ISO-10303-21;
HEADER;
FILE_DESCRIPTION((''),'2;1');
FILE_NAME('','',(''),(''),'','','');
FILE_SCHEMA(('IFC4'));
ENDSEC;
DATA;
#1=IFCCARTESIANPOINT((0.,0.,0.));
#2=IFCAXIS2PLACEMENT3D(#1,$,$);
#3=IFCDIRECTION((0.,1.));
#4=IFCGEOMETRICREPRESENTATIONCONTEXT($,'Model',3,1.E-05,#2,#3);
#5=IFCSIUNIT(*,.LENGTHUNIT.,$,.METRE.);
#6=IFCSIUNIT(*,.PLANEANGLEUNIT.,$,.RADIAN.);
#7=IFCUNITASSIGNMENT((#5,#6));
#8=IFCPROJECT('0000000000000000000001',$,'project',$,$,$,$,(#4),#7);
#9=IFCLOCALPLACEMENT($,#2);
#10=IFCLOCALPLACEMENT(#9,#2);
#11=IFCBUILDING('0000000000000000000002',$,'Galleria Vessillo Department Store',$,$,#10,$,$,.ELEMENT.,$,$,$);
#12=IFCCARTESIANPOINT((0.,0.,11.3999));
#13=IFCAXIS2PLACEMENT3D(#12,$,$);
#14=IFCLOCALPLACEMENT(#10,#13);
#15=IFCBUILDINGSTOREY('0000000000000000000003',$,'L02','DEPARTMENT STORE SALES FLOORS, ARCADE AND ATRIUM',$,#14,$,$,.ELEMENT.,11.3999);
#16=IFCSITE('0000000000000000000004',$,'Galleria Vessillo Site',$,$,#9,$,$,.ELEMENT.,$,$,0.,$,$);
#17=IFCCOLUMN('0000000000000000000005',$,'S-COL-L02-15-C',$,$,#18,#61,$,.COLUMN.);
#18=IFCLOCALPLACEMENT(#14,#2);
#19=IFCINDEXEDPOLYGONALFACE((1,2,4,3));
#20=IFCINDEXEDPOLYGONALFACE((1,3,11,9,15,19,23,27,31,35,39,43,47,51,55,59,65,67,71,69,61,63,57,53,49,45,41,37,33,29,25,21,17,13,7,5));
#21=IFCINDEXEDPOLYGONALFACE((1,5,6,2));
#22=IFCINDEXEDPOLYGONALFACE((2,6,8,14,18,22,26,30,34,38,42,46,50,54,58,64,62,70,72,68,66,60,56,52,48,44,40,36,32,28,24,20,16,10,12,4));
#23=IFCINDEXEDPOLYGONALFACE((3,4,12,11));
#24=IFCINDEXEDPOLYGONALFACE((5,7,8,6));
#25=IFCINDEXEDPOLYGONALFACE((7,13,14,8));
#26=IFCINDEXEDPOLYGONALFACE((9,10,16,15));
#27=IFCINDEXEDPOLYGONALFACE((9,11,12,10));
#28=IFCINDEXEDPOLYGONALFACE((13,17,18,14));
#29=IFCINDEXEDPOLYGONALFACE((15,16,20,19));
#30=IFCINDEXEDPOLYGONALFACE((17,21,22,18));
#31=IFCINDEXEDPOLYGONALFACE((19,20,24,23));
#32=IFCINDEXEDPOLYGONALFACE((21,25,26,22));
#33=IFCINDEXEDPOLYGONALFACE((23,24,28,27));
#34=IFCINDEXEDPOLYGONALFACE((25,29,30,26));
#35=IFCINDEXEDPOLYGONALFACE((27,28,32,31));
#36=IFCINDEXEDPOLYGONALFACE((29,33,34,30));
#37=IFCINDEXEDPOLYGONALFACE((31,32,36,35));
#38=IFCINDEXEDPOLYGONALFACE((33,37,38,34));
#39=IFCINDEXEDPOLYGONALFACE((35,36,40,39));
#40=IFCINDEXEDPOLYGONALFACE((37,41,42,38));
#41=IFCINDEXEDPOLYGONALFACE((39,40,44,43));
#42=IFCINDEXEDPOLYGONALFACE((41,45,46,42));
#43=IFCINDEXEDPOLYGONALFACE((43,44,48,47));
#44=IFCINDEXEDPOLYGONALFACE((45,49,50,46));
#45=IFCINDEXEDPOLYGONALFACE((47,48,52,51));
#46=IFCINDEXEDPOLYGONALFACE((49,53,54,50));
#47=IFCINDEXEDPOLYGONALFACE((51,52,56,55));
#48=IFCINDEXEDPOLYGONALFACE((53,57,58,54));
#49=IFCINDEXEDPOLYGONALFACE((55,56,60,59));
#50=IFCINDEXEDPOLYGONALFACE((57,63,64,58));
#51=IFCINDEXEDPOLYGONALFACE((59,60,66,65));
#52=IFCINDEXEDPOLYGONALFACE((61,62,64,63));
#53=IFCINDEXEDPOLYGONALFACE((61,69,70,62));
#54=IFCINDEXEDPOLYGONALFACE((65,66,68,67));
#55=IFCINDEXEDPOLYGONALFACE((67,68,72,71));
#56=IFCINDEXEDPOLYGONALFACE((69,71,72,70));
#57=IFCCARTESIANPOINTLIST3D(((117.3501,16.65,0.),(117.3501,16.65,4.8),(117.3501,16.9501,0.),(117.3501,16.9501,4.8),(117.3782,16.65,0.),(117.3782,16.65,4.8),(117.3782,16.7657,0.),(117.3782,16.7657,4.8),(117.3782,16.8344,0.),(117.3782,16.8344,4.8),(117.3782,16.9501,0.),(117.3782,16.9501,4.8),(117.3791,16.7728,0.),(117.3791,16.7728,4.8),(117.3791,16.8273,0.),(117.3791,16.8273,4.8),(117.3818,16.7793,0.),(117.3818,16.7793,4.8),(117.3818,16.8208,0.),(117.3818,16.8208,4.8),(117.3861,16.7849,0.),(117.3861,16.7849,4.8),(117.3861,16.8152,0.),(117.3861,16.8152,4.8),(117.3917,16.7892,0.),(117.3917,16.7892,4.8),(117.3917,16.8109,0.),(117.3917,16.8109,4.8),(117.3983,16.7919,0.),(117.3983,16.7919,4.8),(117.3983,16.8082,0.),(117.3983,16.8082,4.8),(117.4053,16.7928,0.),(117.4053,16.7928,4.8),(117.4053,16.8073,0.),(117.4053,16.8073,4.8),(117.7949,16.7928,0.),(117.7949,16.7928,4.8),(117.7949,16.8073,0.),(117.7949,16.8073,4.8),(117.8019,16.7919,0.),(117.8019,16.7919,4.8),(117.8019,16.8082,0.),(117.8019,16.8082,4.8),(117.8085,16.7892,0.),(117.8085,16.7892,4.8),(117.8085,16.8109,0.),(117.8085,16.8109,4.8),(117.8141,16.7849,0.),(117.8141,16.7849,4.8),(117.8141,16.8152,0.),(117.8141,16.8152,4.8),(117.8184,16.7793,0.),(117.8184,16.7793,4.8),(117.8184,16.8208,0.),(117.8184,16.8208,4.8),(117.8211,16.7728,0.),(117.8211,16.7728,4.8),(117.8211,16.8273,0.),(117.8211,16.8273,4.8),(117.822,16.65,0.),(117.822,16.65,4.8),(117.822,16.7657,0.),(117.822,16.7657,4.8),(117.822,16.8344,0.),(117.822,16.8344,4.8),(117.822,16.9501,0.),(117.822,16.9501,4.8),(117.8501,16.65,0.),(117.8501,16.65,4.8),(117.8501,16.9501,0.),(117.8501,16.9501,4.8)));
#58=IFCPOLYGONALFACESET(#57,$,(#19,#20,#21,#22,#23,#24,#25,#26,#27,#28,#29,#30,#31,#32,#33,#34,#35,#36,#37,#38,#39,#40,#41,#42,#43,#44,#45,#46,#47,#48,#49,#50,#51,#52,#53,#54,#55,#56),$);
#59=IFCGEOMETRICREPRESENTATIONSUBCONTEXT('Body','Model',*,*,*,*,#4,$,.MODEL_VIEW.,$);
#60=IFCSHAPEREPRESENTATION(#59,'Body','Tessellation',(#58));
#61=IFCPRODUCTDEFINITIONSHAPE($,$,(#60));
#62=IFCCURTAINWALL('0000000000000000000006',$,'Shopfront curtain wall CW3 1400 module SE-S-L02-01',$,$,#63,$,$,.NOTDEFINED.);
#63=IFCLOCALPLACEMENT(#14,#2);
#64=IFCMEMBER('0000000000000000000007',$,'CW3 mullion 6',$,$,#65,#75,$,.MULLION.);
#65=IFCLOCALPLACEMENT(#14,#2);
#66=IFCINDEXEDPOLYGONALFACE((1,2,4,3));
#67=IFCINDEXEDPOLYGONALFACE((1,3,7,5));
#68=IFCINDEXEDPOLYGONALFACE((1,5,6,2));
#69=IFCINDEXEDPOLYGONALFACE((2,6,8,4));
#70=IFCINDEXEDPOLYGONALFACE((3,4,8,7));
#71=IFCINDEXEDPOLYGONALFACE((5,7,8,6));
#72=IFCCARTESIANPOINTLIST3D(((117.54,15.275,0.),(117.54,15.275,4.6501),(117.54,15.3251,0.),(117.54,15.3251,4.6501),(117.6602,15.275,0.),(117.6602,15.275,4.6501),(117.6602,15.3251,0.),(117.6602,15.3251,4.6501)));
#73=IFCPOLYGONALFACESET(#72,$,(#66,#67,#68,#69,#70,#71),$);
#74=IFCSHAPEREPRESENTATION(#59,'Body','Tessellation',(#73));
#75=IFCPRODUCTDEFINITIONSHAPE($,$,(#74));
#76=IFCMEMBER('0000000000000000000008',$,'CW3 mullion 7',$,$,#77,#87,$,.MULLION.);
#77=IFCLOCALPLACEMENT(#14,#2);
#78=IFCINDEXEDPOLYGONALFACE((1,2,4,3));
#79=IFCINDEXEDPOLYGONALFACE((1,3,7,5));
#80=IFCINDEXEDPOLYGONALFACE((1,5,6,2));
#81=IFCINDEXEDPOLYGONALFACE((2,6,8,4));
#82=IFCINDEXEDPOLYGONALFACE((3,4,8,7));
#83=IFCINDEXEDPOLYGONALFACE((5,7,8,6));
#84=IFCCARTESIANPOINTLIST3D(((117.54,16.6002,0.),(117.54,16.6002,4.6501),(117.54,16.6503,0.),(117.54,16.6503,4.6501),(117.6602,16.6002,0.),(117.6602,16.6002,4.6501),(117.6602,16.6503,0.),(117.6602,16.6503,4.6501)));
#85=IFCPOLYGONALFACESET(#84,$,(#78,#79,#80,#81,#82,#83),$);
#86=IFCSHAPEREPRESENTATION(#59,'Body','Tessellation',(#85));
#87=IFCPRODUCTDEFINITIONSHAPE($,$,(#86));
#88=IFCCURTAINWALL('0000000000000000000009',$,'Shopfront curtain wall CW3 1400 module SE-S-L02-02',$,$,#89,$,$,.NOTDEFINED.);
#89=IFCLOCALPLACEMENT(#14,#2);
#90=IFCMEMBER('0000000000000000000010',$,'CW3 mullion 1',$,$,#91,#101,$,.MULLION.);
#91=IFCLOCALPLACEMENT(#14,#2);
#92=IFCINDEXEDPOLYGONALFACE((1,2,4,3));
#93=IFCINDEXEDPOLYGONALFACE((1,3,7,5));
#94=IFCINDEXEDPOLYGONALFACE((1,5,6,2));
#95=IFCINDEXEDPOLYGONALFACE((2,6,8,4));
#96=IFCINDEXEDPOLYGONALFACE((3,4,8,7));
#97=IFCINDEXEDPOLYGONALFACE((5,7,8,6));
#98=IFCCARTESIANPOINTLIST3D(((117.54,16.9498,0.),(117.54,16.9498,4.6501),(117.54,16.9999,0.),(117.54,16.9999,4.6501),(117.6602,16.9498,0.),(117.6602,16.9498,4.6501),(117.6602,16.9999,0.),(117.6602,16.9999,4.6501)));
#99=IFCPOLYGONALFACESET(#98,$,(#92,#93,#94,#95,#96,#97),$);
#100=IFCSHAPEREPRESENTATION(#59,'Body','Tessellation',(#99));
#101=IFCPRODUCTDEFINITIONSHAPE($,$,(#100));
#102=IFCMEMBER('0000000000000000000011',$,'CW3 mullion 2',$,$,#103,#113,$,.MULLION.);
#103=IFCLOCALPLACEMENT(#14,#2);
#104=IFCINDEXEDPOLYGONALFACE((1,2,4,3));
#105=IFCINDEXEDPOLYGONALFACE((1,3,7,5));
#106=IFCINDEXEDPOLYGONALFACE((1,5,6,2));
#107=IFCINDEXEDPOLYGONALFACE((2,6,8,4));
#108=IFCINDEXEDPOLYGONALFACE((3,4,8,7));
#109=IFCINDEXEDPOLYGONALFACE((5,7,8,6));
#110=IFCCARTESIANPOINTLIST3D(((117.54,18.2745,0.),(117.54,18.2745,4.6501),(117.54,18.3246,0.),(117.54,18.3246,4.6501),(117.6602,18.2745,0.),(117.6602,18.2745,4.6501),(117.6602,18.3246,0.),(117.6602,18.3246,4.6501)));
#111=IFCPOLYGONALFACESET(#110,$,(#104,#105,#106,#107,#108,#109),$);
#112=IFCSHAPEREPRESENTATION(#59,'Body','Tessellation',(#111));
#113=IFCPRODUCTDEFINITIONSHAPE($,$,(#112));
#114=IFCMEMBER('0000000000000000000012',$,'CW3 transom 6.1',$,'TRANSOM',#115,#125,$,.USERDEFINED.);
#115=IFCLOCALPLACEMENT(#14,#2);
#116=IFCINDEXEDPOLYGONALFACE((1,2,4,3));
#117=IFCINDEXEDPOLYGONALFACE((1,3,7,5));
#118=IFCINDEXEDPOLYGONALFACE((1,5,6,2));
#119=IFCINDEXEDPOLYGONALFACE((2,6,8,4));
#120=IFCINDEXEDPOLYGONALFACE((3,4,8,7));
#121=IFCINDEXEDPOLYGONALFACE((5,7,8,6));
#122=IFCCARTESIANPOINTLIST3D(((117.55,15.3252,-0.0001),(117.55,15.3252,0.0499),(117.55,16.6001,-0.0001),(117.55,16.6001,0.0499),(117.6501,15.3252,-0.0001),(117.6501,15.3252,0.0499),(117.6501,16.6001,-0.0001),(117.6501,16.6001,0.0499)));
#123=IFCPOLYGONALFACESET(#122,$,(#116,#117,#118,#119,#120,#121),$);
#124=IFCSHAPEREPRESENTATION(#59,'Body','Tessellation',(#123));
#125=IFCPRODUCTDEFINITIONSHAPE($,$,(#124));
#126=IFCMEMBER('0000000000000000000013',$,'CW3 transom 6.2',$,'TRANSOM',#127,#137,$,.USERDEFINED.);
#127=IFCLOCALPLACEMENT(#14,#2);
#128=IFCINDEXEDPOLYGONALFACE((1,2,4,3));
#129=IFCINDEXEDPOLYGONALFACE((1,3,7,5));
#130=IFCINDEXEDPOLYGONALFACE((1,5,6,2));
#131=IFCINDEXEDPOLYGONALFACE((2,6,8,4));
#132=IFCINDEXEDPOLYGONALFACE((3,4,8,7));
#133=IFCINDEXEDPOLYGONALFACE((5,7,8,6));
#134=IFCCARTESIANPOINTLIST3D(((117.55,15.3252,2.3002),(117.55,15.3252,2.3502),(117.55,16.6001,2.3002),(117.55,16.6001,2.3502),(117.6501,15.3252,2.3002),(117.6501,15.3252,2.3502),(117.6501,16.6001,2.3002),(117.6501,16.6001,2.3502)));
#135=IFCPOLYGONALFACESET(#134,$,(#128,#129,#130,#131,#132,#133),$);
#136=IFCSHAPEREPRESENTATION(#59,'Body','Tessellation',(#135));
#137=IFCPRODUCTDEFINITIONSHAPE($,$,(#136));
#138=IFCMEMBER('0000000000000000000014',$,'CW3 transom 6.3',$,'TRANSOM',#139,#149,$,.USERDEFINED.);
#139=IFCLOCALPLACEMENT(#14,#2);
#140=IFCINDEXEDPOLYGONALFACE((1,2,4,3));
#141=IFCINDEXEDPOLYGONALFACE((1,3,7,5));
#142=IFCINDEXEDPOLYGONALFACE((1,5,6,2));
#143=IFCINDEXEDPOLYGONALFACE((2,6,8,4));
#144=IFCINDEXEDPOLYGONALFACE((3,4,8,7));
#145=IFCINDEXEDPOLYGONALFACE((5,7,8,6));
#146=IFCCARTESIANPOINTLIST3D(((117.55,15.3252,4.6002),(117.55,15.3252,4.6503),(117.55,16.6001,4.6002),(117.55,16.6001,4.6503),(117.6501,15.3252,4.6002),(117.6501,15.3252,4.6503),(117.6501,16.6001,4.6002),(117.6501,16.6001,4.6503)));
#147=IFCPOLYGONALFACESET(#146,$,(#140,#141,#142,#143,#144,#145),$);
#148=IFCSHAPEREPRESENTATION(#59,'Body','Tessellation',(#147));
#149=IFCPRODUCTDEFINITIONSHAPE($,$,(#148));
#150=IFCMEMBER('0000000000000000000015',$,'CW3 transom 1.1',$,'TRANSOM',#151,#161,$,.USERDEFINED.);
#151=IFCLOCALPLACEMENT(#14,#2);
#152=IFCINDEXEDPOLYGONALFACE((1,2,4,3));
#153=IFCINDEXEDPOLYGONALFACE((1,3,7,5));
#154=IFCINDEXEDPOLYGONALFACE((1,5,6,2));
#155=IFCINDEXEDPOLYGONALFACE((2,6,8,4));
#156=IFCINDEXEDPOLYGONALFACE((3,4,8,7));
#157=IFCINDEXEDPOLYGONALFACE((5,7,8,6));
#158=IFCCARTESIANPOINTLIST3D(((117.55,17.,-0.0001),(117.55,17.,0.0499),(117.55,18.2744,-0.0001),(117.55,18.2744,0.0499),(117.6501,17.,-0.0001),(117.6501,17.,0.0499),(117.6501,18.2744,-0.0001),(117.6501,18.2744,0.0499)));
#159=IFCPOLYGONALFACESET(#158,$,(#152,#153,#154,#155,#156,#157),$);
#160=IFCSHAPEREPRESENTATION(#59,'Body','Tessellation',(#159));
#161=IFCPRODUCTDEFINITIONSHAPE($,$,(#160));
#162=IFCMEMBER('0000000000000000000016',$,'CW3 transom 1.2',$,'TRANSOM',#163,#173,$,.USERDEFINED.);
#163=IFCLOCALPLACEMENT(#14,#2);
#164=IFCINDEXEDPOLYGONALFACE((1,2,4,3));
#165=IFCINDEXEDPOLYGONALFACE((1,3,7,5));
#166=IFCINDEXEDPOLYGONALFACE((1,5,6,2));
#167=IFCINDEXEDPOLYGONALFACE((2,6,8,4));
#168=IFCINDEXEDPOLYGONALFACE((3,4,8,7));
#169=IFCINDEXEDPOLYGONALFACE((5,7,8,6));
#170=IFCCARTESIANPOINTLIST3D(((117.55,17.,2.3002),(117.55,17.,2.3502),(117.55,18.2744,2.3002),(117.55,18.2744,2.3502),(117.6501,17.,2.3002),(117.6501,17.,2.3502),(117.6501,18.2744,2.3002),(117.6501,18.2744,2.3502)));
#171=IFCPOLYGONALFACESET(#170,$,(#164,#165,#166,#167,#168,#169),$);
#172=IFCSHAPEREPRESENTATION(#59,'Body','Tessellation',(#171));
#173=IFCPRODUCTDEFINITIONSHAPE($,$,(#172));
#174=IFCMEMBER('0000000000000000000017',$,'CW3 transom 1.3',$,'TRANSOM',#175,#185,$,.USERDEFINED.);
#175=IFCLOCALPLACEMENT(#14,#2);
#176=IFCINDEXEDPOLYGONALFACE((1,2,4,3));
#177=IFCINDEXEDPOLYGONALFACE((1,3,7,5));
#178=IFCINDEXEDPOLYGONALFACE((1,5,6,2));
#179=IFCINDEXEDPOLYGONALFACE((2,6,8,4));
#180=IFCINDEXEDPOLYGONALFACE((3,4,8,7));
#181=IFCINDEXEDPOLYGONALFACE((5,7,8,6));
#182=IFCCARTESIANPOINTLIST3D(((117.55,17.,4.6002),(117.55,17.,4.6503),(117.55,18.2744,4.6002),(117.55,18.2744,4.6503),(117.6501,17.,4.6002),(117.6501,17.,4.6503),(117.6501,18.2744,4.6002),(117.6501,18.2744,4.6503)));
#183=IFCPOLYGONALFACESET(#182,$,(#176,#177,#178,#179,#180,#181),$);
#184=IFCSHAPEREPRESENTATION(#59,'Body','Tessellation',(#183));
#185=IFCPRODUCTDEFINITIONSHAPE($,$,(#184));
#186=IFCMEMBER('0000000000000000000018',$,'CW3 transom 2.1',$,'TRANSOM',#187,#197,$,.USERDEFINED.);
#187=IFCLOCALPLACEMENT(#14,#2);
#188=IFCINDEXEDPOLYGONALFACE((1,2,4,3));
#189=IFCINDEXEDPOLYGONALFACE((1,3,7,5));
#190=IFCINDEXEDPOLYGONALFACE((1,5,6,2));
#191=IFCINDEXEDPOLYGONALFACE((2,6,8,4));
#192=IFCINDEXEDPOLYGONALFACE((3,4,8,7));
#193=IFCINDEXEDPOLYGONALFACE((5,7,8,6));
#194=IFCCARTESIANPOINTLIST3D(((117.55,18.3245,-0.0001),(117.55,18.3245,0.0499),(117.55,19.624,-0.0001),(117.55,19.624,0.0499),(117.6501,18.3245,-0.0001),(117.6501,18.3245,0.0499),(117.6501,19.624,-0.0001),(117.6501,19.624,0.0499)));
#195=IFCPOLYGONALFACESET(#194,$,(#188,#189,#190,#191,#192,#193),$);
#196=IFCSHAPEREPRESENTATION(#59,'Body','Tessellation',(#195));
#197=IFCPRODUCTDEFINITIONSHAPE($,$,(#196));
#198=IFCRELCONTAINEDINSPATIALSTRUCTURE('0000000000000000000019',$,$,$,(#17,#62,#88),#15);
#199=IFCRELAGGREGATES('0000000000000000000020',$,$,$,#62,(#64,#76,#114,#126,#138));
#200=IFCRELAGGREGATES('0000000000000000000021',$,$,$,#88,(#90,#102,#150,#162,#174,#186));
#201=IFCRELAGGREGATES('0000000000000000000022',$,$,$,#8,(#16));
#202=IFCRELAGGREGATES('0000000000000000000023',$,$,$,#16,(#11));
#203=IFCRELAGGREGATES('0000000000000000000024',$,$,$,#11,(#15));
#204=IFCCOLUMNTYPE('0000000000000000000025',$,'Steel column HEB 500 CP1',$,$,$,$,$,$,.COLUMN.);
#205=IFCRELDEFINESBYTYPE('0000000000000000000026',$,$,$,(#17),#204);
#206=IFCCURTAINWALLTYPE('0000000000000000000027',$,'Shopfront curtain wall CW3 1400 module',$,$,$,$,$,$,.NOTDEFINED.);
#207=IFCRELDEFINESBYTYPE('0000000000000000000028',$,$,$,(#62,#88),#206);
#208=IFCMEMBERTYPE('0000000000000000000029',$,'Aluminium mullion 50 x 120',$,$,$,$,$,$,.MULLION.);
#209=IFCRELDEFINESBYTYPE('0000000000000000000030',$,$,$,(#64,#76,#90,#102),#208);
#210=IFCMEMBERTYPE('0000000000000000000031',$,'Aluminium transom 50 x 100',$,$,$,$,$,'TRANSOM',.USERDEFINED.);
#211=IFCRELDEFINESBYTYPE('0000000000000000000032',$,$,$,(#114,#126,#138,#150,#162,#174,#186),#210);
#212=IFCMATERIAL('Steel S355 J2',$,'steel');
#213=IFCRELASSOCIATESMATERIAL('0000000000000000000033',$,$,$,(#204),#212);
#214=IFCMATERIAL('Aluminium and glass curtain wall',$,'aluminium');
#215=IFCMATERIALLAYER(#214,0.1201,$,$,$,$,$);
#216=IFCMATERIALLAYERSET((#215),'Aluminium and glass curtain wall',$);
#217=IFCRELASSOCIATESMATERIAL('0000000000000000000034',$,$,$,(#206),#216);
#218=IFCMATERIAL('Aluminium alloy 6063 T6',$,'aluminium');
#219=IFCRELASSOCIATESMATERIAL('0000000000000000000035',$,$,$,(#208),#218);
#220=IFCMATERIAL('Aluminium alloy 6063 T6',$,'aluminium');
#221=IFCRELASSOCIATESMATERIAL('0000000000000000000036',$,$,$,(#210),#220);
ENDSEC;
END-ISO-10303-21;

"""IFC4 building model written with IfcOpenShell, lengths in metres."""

from ifc_helpers import new_model, si_unit, direction, frame, origin, origin_2d, place, context, subcontext, project, spatial, rectangle, i_section, extrude, material, layer, layer_set, material_profile, profile_set, type_object, element, aggregate, save


model = new_model("IFC4")

# Units and contexts
model_context = context("Model", 3, precision=1e-05, world=origin(), true_north=direction((0.0, 1.0)))
body_context = subcontext(model_context, "Body", "Model", "MODEL_VIEW")
ifc_project = project(units=[si_unit("LENGTHUNIT", "METRE"), si_unit("PLANEANGLEUNIT", "RADIAN")], contexts=[model_context])

# Site, building, storey
site_placement = place(None, origin())
site = spatial("IfcSite", under=ifc_project, at=site_placement, Name="Galleria Vessillo Site", CompositionType="ELEMENT", RefElevation=0.0)
building_placement = place(site_placement, origin())
building = spatial("IfcBuilding", under=site, at=building_placement, Name="Galleria Vessillo Department Store", CompositionType="ELEMENT")
storey_placement = place(building_placement, frame((0.0, 0.0, 11.3999)))
storey = spatial("IfcBuildingStorey", under=building, at=storey_placement, Name="L02", Description="DEPARTMENT STORE SALES FLOORS, ARCADE AND ATRIUM", CompositionType="ELEMENT", Elevation=11.3999)

# Column
ifc_material_1 = material(Name="Steel S355 J2", Category="steel")
ifc_material_profile_1 = material_profile(ifc_material_1, i_section(OverallWidth=0.3, OverallDepth=0.5, WebThickness=0.0144, FlangeThickness=0.0281, FilletRadius=0.0271, at=origin_2d()), Name="HEB 500")
ifc_profile_set_1 = profile_set([ifc_material_profile_1], Name="Steel S355 J2")
column_type = type_object("IfcColumnType", Name="Steel column HEB 500 CP1", PredefinedType="COLUMN", material=ifc_profile_set_1)
column_placement = place(storey_placement, frame((117.6001, 16.8, 0.0), z_axis=(0.0, 0.0, 1.0), x_axis=(0.0, 1.0, 0.0)))
element("IfcColumn", 1, at=column_placement, inside=storey, type_object=column_type, Name="S-COL-L02-15-C", PredefinedType="COLUMN", context=body_context, shape_type="SweptSolid", body=[
    extrude(i_section(OverallWidth=0.3, OverallDepth=0.5, WebThickness=0.0144, FlangeThickness=0.0281, FilletRadius=0.0271, at=origin_2d()), origin(), (0.0, 0.0, 1.0), 4.8),
])

# Curtain walls, members
ifc_material_2 = material(Name="Aluminium and glass curtain wall", Category="aluminium")
ifc_layer_1 = layer(ifc_material_2, 0.1201)
ifc_layer_set_1 = layer_set([ifc_layer_1], Name="Aluminium and glass curtain wall")
curtain_wall_type = type_object("IfcCurtainWallType", Name="Shopfront curtain wall CW3 1400 module", PredefinedType="NOTDEFINED", material=ifc_layer_set_1)
curtain_wall_1_placement = place(storey_placement, origin())
curtain_wall_1 = element("IfcCurtainWall", 2, at=curtain_wall_1_placement, inside=storey, type_object=curtain_wall_type, Name="Shopfront curtain wall CW3 1400 module SE-S-L02-01", PredefinedType="NOTDEFINED")
ifc_material_3 = material(Name="Aluminium alloy 6063 T6", Category="aluminium")
ifc_material_profile_2 = material_profile(ifc_material_3, rectangle(XDim=0.1201, YDim=0.05, at=origin_2d()), Name="AL 50x120")
ifc_profile_set_2 = profile_set([ifc_material_profile_2], Name="Aluminium alloy 6063 T6")
member_type_1 = type_object("IfcMemberType", Name="Aluminium mullion 50 x 120", PredefinedType="MULLION", material=ifc_profile_set_2)
member_1_placement = place(storey_placement, frame((117.6001, 15.3, 0.0), z_axis=(0.0, 0.0, 1.0), x_axis=(-1.0, 0.0, 0.0)))
member_1 = element("IfcMember", 3, at=member_1_placement, type_object=member_type_1, Name="CW3 mullion 6", PredefinedType="MULLION", context=body_context, shape_type="SweptSolid", body=[
    extrude(rectangle(XDim=0.1201, YDim=0.05, at=origin_2d()), origin(), (0.0, 0.0, 1.0), 4.6501),
])
member_2_placement = place(storey_placement, frame((117.6001, 16.6252, 0.0), z_axis=(0.0, 0.0, 1.0), x_axis=(-1.0, 0.0, 0.0)))
member_2 = element("IfcMember", 4, at=member_2_placement, type_object=member_type_1, Name="CW3 mullion 7", PredefinedType="MULLION", context=body_context, shape_type="SweptSolid", body=[
    extrude(rectangle(XDim=0.1201, YDim=0.05, at=origin_2d()), origin(), (0.0, 0.0, 1.0), 4.6501),
])
curtain_wall_2_placement = place(storey_placement, origin())
curtain_wall_2 = element("IfcCurtainWall", 5, at=curtain_wall_2_placement, inside=storey, type_object=curtain_wall_type, Name="Shopfront curtain wall CW3 1400 module SE-S-L02-02", PredefinedType="NOTDEFINED")
member_3_placement = place(storey_placement, frame((117.6001, 16.9749, 0.0), z_axis=(0.0, 0.0, 1.0), x_axis=(-1.0, 0.0, 0.0)))
member_3 = element("IfcMember", 6, at=member_3_placement, type_object=member_type_1, Name="CW3 mullion 1", PredefinedType="MULLION", context=body_context, shape_type="SweptSolid", body=[
    extrude(rectangle(XDim=0.1201, YDim=0.05, at=origin_2d()), origin(), (0.0, 0.0, 1.0), 4.6501),
])
member_4_placement = place(storey_placement, frame((117.6001, 18.2996, 0.0), z_axis=(0.0, 0.0, 1.0), x_axis=(-1.0, 0.0, 0.0)))
member_4 = element("IfcMember", 7, at=member_4_placement, type_object=member_type_1, Name="CW3 mullion 2", PredefinedType="MULLION", context=body_context, shape_type="SweptSolid", body=[
    extrude(rectangle(XDim=0.1201, YDim=0.05, at=origin_2d()), origin(), (0.0, 0.0, 1.0), 4.6501),
])

# Members
ifc_material_4 = material(Name="Aluminium alloy 6063 T6", Category="aluminium")
ifc_material_profile_3 = material_profile(ifc_material_4, rectangle(XDim=0.1001, YDim=0.05, at=origin_2d()), Name="AL 50x100")
ifc_profile_set_3 = profile_set([ifc_material_profile_3], Name="Aluminium alloy 6063 T6")
member_type_2 = type_object("IfcMemberType", Name="Aluminium transom 50 x 100", ElementType="TRANSOM", PredefinedType="USERDEFINED", material=ifc_profile_set_3)
member_5_placement = place(storey_placement, frame((117.6001, 15.3252, 0.0249), z_axis=(0.0, 1.0, 0.0), x_axis=(-1.0, 0.0, 0.0)))
member_5 = element("IfcMember", 8, at=member_5_placement, type_object=member_type_2, Name="CW3 transom 6.1", ObjectType="TRANSOM", PredefinedType="USERDEFINED", context=body_context, shape_type="SweptSolid", body=[
    extrude(rectangle(XDim=0.1001, YDim=0.05, at=origin_2d()), origin(), (0.0, 0.0, 1.0), 1.2749),
])
member_6_placement = place(storey_placement, frame((117.6001, 15.3252, 2.3252), z_axis=(0.0, 1.0, 0.0), x_axis=(-1.0, 0.0, 0.0)))
member_6 = element("IfcMember", 9, at=member_6_placement, type_object=member_type_2, Name="CW3 transom 6.2", ObjectType="TRANSOM", PredefinedType="USERDEFINED", context=body_context, shape_type="SweptSolid", body=[
    extrude(rectangle(XDim=0.1001, YDim=0.05, at=origin_2d()), origin(), (0.0, 0.0, 1.0), 1.2749),
])
member_7_placement = place(storey_placement, frame((117.6001, 15.3252, 4.6252), z_axis=(0.0, 1.0, 0.0), x_axis=(-1.0, 0.0, 0.0)))
member_7 = element("IfcMember", 10, at=member_7_placement, type_object=member_type_2, Name="CW3 transom 6.3", ObjectType="TRANSOM", PredefinedType="USERDEFINED", context=body_context, shape_type="SweptSolid", body=[
    extrude(rectangle(XDim=0.1001, YDim=0.05, at=origin_2d()), origin(), (0.0, 0.0, 1.0), 1.2749),
])
member_8_placement = place(storey_placement, frame((117.6001, 17.0, 0.0249), z_axis=(0.0, 1.0, 0.0), x_axis=(-1.0, 0.0, 0.0)))
member_8 = element("IfcMember", 11, at=member_8_placement, type_object=member_type_2, Name="CW3 transom 1.1", ObjectType="TRANSOM", PredefinedType="USERDEFINED", context=body_context, shape_type="SweptSolid", body=[
    extrude(rectangle(XDim=0.1001, YDim=0.05, at=origin_2d()), origin(), (0.0, 0.0, 1.0), 1.2744),
])
member_9_placement = place(storey_placement, frame((117.6001, 17.0, 2.3252), z_axis=(0.0, 1.0, 0.0), x_axis=(-1.0, 0.0, 0.0)))
member_9 = element("IfcMember", 12, at=member_9_placement, type_object=member_type_2, Name="CW3 transom 1.2", ObjectType="TRANSOM", PredefinedType="USERDEFINED", context=body_context, shape_type="SweptSolid", body=[
    extrude(rectangle(XDim=0.1001, YDim=0.05, at=origin_2d()), origin(), (0.0, 0.0, 1.0), 1.2744),
])
member_10_placement = place(storey_placement, frame((117.6001, 17.0, 4.6252), z_axis=(0.0, 1.0, 0.0), x_axis=(-1.0, 0.0, 0.0)))
member_10 = element("IfcMember", 13, at=member_10_placement, type_object=member_type_2, Name="CW3 transom 1.3", ObjectType="TRANSOM", PredefinedType="USERDEFINED", context=body_context, shape_type="SweptSolid", body=[
    extrude(rectangle(XDim=0.1001, YDim=0.05, at=origin_2d()), origin(), (0.0, 0.0, 1.0), 1.2744),
])
member_11_placement = place(storey_placement, frame((117.6001, 18.3245, 0.0249), z_axis=(0.0, 1.0, 0.0), x_axis=(-1.0, 0.0, 0.0)))
member_11 = element("IfcMember", 14, at=member_11_placement, type_object=member_type_2, Name="CW3 transom 2.1", ObjectType="TRANSOM", PredefinedType="USERDEFINED", context=body_context, shape_type="SweptSolid", body=[
    extrude(rectangle(XDim=0.1001, YDim=0.05, at=origin_2d()), origin(), (0.0, 0.0, 1.0), 1.2996),
])

aggregate(curtain_wall_1, [member_1, member_2, member_5, member_6, member_7])
aggregate(curtain_wall_2, [member_3, member_4, member_8, member_9, member_10, member_11])

save(model, "model.ifc")
